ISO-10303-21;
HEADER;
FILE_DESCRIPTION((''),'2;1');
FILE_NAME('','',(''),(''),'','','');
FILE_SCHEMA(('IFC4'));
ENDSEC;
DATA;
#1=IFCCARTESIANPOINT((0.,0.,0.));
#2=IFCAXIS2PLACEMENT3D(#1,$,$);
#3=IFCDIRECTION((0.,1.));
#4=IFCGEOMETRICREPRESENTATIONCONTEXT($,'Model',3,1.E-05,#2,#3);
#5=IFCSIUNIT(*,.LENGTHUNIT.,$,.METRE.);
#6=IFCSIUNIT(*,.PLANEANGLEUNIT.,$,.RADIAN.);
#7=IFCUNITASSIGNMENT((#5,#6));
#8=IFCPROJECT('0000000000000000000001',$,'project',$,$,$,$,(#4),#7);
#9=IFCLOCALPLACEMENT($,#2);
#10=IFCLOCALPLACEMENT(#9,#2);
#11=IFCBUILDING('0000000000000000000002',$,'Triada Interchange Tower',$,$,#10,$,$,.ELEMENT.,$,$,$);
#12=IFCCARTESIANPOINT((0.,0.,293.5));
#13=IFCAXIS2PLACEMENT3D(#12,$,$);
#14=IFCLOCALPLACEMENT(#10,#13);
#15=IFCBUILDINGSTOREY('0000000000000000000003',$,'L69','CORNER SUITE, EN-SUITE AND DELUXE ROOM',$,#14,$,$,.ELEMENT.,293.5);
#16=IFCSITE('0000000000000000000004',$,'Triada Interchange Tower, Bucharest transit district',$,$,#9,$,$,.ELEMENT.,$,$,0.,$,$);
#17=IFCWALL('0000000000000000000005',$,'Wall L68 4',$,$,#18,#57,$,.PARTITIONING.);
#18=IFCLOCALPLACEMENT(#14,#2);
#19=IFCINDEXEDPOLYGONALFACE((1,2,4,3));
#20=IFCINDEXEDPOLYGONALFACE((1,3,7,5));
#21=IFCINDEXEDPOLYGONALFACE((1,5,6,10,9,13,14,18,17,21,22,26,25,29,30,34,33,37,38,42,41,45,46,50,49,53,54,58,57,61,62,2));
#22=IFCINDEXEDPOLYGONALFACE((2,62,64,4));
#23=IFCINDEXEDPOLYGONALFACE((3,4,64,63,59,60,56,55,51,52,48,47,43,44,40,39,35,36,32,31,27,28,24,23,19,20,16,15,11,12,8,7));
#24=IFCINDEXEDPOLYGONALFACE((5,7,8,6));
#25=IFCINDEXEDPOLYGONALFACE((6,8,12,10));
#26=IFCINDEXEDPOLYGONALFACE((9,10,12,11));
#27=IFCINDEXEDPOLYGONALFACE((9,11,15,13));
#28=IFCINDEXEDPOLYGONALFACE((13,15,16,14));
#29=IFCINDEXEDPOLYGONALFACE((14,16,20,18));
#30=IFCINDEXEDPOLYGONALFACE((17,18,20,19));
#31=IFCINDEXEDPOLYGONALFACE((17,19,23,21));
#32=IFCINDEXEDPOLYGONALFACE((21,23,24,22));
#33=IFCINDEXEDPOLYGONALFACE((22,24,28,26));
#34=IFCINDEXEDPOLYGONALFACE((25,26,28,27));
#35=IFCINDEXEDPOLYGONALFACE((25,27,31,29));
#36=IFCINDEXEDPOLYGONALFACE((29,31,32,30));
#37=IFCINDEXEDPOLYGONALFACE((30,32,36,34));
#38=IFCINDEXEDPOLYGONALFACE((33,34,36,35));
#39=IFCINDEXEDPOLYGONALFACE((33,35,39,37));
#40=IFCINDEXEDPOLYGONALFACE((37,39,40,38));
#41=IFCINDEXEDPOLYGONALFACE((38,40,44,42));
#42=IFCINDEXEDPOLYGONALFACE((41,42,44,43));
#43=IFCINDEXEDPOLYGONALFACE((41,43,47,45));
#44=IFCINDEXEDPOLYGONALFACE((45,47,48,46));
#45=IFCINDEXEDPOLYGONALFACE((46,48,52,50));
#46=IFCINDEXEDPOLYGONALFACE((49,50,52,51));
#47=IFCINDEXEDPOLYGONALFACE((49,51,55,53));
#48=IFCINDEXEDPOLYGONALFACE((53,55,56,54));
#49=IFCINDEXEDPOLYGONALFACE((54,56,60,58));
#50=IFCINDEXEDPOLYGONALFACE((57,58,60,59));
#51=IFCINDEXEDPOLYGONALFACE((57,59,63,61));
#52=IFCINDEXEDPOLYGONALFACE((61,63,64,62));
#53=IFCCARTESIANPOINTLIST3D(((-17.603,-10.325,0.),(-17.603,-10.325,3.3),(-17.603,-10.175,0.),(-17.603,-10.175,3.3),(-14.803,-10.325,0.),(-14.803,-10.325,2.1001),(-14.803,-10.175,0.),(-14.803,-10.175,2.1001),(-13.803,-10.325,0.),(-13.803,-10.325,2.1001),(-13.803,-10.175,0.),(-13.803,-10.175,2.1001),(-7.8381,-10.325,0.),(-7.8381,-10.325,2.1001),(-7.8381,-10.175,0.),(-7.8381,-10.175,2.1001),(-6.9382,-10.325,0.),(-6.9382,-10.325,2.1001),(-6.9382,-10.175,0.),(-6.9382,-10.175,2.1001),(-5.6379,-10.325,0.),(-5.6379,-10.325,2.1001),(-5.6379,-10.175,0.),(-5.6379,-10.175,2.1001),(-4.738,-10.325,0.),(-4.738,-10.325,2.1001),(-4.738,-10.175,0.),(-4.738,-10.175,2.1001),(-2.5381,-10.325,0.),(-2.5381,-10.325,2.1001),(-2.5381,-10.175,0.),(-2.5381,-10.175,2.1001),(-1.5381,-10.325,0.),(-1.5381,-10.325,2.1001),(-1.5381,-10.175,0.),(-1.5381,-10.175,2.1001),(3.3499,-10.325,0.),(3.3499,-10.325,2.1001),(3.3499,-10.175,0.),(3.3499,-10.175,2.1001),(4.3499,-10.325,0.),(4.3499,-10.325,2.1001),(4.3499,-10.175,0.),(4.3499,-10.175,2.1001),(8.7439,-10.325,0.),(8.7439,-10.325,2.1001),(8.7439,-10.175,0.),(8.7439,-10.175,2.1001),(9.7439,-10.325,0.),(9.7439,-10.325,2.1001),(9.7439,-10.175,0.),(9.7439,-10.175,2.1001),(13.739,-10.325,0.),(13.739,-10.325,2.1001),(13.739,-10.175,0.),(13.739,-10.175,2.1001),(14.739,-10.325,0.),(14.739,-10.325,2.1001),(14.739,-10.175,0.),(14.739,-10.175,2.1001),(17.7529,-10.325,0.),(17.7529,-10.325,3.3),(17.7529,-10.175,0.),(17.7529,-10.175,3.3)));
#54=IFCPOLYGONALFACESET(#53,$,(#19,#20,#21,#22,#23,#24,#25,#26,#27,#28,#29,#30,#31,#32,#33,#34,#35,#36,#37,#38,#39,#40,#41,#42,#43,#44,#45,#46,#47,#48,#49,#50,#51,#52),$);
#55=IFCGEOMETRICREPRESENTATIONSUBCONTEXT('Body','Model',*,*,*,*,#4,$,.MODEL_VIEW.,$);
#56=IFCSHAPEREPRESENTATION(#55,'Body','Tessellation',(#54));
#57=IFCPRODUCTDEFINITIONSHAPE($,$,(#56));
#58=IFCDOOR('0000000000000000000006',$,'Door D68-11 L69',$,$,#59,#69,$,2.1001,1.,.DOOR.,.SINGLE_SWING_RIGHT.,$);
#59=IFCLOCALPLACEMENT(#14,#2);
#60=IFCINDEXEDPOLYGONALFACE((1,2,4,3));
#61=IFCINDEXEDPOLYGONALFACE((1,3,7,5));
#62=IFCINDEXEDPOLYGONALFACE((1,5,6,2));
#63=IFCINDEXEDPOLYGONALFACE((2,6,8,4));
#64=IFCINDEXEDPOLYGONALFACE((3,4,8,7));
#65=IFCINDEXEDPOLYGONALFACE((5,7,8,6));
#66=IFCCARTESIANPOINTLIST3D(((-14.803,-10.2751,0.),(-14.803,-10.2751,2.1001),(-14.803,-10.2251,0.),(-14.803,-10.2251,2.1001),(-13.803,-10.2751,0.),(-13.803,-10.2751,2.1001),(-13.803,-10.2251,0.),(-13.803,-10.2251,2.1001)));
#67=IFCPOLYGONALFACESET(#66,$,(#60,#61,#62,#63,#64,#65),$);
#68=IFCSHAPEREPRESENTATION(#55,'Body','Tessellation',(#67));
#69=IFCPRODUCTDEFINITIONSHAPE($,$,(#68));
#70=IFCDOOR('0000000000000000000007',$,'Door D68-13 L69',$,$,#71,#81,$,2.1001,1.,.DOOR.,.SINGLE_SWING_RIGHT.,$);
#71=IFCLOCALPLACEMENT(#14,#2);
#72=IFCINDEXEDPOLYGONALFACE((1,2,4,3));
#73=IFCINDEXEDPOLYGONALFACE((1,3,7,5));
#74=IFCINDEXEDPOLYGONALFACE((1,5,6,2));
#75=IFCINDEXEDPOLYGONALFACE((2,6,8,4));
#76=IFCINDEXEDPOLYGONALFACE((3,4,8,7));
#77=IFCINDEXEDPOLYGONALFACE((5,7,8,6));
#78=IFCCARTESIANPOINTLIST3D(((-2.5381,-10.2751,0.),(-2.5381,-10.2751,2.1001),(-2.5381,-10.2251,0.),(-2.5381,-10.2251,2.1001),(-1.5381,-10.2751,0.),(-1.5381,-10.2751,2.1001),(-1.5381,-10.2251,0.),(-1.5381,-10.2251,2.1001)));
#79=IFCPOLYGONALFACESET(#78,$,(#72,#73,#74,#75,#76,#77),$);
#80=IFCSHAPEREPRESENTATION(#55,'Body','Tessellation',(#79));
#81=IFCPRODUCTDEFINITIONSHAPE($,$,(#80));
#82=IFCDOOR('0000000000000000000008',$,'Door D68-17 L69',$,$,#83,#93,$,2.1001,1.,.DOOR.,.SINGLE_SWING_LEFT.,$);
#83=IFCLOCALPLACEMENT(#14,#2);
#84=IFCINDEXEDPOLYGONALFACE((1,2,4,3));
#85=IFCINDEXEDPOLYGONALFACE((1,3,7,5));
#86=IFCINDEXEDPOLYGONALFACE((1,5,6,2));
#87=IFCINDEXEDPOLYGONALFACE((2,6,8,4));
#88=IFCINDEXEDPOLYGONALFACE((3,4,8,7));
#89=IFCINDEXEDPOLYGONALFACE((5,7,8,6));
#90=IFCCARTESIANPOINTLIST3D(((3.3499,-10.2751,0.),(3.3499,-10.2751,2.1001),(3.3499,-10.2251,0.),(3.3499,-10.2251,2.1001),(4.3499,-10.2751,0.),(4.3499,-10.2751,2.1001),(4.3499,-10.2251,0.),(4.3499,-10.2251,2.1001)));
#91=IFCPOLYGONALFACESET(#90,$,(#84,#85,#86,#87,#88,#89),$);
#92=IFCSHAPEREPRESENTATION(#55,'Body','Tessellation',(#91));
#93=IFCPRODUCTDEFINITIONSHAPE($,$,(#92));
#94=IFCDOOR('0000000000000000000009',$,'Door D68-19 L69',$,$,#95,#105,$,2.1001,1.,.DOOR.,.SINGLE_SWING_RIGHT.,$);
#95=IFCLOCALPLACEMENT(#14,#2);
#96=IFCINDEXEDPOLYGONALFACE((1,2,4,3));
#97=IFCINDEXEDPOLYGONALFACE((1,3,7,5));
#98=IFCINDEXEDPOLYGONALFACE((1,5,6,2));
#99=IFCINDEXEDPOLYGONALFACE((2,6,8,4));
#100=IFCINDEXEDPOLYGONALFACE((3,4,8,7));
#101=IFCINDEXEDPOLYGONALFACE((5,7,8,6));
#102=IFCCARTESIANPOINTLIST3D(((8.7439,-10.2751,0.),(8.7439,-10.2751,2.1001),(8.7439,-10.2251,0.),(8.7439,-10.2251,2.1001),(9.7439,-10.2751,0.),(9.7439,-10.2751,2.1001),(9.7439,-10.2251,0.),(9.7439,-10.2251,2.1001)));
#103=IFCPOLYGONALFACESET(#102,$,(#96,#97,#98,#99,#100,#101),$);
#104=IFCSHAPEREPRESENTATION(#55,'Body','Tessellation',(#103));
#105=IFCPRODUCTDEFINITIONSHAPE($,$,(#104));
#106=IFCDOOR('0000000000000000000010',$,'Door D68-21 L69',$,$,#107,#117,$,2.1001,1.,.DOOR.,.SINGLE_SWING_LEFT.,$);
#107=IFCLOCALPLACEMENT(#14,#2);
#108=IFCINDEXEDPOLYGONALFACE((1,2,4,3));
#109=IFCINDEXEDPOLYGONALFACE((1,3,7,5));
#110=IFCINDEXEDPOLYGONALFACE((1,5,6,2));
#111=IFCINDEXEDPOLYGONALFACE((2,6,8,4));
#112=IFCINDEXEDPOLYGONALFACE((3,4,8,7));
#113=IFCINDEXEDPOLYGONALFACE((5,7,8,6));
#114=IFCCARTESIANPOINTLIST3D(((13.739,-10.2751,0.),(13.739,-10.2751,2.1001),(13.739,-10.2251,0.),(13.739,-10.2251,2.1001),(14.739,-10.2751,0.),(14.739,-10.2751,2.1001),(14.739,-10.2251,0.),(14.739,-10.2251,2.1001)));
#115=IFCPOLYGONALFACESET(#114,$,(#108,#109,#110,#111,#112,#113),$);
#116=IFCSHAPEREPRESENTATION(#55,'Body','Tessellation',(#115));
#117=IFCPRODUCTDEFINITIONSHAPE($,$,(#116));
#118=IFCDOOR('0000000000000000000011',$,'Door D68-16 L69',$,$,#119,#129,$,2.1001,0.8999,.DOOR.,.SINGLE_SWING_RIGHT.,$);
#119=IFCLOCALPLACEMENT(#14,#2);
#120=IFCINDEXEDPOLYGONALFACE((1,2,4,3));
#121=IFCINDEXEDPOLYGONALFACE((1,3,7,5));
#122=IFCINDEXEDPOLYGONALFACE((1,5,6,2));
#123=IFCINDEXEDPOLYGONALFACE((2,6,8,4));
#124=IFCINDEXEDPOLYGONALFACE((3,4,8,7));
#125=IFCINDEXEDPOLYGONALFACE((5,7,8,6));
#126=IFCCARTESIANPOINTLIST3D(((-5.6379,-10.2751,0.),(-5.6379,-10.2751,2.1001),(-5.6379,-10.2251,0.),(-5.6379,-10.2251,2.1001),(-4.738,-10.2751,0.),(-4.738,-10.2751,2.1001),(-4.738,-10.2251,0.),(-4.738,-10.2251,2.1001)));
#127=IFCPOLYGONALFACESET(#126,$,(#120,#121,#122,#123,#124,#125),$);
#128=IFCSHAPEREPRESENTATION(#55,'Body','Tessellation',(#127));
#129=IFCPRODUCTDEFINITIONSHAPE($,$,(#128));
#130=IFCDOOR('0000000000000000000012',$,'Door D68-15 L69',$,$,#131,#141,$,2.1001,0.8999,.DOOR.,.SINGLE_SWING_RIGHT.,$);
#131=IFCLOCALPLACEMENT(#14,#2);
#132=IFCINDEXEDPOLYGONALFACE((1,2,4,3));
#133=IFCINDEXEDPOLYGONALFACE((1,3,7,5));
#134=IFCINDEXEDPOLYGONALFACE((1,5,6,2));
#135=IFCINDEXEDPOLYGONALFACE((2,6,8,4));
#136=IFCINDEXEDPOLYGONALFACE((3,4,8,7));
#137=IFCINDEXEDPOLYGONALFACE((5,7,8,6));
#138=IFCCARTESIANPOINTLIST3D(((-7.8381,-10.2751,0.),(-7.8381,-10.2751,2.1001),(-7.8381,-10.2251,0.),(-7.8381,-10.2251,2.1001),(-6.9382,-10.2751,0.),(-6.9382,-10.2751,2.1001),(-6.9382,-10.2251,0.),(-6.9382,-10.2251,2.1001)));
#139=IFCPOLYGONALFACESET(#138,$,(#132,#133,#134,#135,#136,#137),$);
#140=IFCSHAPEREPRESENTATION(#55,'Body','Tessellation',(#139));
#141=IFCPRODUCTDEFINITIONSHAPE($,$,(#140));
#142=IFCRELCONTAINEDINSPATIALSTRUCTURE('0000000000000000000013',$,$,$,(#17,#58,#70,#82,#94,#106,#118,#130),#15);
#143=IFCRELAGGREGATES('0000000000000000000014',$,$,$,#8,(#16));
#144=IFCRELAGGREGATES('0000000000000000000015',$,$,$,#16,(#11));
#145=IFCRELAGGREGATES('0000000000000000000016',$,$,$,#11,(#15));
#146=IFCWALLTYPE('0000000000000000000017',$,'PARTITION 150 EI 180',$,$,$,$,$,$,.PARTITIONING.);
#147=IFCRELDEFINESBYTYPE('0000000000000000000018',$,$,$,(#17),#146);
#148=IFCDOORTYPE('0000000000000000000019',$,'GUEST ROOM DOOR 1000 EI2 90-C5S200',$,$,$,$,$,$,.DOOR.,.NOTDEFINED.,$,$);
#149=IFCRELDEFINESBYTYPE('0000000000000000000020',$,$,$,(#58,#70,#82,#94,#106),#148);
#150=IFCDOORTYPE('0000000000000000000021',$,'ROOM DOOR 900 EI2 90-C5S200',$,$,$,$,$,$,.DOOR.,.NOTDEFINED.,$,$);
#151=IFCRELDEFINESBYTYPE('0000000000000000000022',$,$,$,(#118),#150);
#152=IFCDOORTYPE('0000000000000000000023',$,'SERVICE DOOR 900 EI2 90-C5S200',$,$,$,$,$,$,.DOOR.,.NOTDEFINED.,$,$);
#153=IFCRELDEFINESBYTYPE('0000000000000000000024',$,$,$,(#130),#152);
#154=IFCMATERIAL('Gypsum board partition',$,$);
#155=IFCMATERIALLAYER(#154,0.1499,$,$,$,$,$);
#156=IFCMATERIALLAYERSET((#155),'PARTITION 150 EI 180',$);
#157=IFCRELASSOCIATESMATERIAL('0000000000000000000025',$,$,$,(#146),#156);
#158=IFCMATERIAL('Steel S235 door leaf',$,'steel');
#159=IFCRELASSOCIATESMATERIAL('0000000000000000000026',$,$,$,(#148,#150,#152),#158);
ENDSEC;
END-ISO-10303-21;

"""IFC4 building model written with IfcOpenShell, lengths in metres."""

from ifc_helpers import new_model, si_unit, direction, frame, frame_2d, origin, place, context, subcontext, project, spatial, rectangle, extrude, material, layer, layer_set, type_object, element, fill, save


model = new_model("IFC4")

# Units and contexts
model_context = context("Model", 3, precision=1e-05, world=origin(), true_north=direction((0.0, 1.0)))
body_context = subcontext(model_context, "Body", "Model", "MODEL_VIEW")
ifc_project = project(units=[si_unit("LENGTHUNIT", "METRE"), si_unit("PLANEANGLEUNIT", "RADIAN")], contexts=[model_context])

# Site, building, storey
site_placement = place(None, origin())
site = spatial("IfcSite", under=ifc_project, at=site_placement, Name="Triada Interchange Tower, Bucharest transit district", CompositionType="ELEMENT", RefElevation=0.0)
building_placement = place(site_placement, origin())
building = spatial("IfcBuilding", under=site, at=building_placement, Name="Triada Interchange Tower", CompositionType="ELEMENT")
storey_placement = place(building_placement, frame((0.0, 0.0, 293.5)))
storey = spatial("IfcBuildingStorey", under=building, at=storey_placement, Name="L69", Description="CORNER SUITE, EN-SUITE AND DELUXE ROOM", CompositionType="ELEMENT", Elevation=293.5)

# Wall, openings, doors
ifc_material_1 = material(Name="Gypsum board partition")
ifc_layer = layer(ifc_material_1, 0.1499)
ifc_layer_set = layer_set([ifc_layer], Name="PARTITION 150 EI 180")
wall_type = type_object("IfcWallType", Name="PARTITION 150 EI 180", PredefinedType="PARTITIONING", material=ifc_layer_set)
wall_1_placement = place(storey_placement, frame((-17.603, -10.25, 0.0), z_axis=(0.0, 0.0, 1.0), x_axis=(1.0, 0.0, 0.0)))
wall_1 = element("IfcWall", 1, at=wall_1_placement, inside=storey, type_object=wall_type, Name="Wall L68 4", PredefinedType="PARTITIONING", context=body_context, shape_type="SweptSolid", body=[
    extrude(rectangle(XDim=35.356, YDim=0.1499, at=frame_2d((17.678, 0.0))), origin(), (0.0, 0.0, 1.0), 3.3),
])
opening_1_placement = place(wall_1_placement, frame((2.8, 0.0, 0.0)))
opening_1 = element("IfcOpeningElement", 2, at=opening_1_placement, cuts=wall_1, PredefinedType="OPENING", context=body_context, shape_type="SweptSolid", body=[
    extrude(rectangle(XDim=1.0, YDim=2.1001, at=frame_2d((0.5, 1.05))), frame((0.0, 0.085, 0.0), z_axis=(0.0, -1.0, 0.0), x_axis=(1.0, 0.0, 0.0)), (0.0, 0.0, 1.0), 0.1699),
])
opening_2_placement = place(wall_1_placement, frame((15.0649, 0.0, 0.0)))
opening_2 = element("IfcOpeningElement", 3, at=opening_2_placement, cuts=wall_1, PredefinedType="OPENING", context=body_context, shape_type="SweptSolid", body=[
    extrude(rectangle(XDim=1.0, YDim=2.1001, at=frame_2d((0.5, 1.05))), frame((0.0, 0.085, 0.0), z_axis=(0.0, -1.0, 0.0), x_axis=(1.0, 0.0, 0.0)), (0.0, 0.0, 1.0), 0.1699),
])
opening_3_placement = place(wall_1_placement, frame((9.7649, 0.0, 0.0)))
opening_3 = element("IfcOpeningElement", 4, at=opening_3_placement, cuts=wall_1, PredefinedType="OPENING", context=body_context, shape_type="SweptSolid", body=[
    extrude(rectangle(XDim=0.8999, YDim=2.1001, at=frame_2d((0.45, 1.05))), frame((0.0, 0.085, 0.0), z_axis=(0.0, -1.0, 0.0), x_axis=(1.0, 0.0, 0.0)), (0.0, 0.0, 1.0), 0.1699),
])
opening_4_placement = place(wall_1_placement, frame((11.9651, 0.0, 0.0)))
opening_4 = element("IfcOpeningElement", 5, at=opening_4_placement, cuts=wall_1, PredefinedType="OPENING", context=body_context, shape_type="SweptSolid", body=[
    extrude(rectangle(XDim=0.8999, YDim=2.1001, at=frame_2d((0.45, 1.05))), frame((0.0, 0.085, 0.0), z_axis=(0.0, -1.0, 0.0), x_axis=(1.0, 0.0, 0.0)), (0.0, 0.0, 1.0), 0.1699),
])
opening_5_placement = place(wall_1_placement, frame((20.9529, 0.0, 0.0)))
opening_5 = element("IfcOpeningElement", 6, at=opening_5_placement, cuts=wall_1, PredefinedType="OPENING", context=body_context, shape_type="SweptSolid", body=[
    extrude(rectangle(XDim=1.0, YDim=2.1001, at=frame_2d((0.5, 1.05))), frame((0.0, 0.085, 0.0), z_axis=(0.0, -1.0, 0.0), x_axis=(1.0, 0.0, 0.0)), (0.0, 0.0, 1.0), 0.1699),
])
opening_6_placement = place(wall_1_placement, frame((26.3469, 0.0, 0.0)))
opening_6 = element("IfcOpeningElement", 7, at=opening_6_placement, cuts=wall_1, PredefinedType="OPENING", context=body_context, shape_type="SweptSolid", body=[
    extrude(rectangle(XDim=1.0, YDim=2.1001, at=frame_2d((0.5, 1.05))), frame((0.0, 0.085, 0.0), z_axis=(0.0, -1.0, 0.0), x_axis=(1.0, 0.0, 0.0)), (0.0, 0.0, 1.0), 0.1699),
])
opening_7_placement = place(wall_1_placement, frame((31.342, 0.0, 0.0)))
opening_7 = element("IfcOpeningElement", 8, at=opening_7_placement, cuts=wall_1, PredefinedType="OPENING", context=body_context, shape_type="SweptSolid", body=[
    extrude(rectangle(XDim=1.0, YDim=2.1001, at=frame_2d((0.5, 1.05))), frame((0.0, 0.085, 0.0), z_axis=(0.0, -1.0, 0.0), x_axis=(1.0, 0.0, 0.0)), (0.0, 0.0, 1.0), 0.1699),
])
ifc_material_2 = material(Name="Steel S235 door leaf", Category="steel")
door_type_1 = type_object("IfcDoorType", Name="GUEST ROOM DOOR 1000 EI2 90-C5S200", OperationType="NOTDEFINED", PredefinedType="DOOR", material=ifc_material_2)
door_1_placement = place(opening_1_placement, origin())
door_1 = element("IfcDoor", 9, at=door_1_placement, inside=storey, type_object=door_type_1, Name="Door D68-11 L69", OperationType="SINGLE_SWING_RIGHT", OverallHeight=2.1001, OverallWidth=1.0, PredefinedType="DOOR", context=body_context, shape_type="SweptSolid", body=[
    extrude(rectangle(XDim=1.0, YDim=2.1001, at=frame_2d((0.5, 1.05))), frame((0.0, 0.0249, 0.0), z_axis=(0.0, -1.0, 0.0), x_axis=(1.0, 0.0, 0.0)), (0.0, 0.0, 1.0), 0.05),
])
fill(opening_1, door_1)
door_2_placement = place(opening_2_placement, origin())
door_2 = element("IfcDoor", 10, at=door_2_placement, inside=storey, type_object=door_type_1, Name="Door D68-13 L69", OperationType="SINGLE_SWING_RIGHT", OverallHeight=2.1001, OverallWidth=1.0, PredefinedType="DOOR", context=body_context, shape_type="SweptSolid", body=[
    extrude(rectangle(XDim=1.0, YDim=2.1001, at=frame_2d((0.5, 1.05))), frame((0.0, 0.0249, 0.0), z_axis=(0.0, -1.0, 0.0), x_axis=(1.0, 0.0, 0.0)), (0.0, 0.0, 1.0), 0.05),
])
fill(opening_2, door_2)
door_3_placement = place(opening_5_placement, origin())
door_3 = element("IfcDoor", 11, at=door_3_placement, inside=storey, type_object=door_type_1, Name="Door D68-17 L69", OperationType="SINGLE_SWING_LEFT", OverallHeight=2.1001, OverallWidth=1.0, PredefinedType="DOOR", context=body_context, shape_type="SweptSolid", body=[
    extrude(rectangle(XDim=1.0, YDim=2.1001, at=frame_2d((0.5, 1.05))), frame((0.0, 0.0249, 0.0), z_axis=(0.0, -1.0, 0.0), x_axis=(1.0, 0.0, 0.0)), (0.0, 0.0, 1.0), 0.05),
])
fill(opening_5, door_3)
door_4_placement = place(opening_6_placement, origin())
door_4 = element("IfcDoor", 12, at=door_4_placement, inside=storey, type_object=door_type_1, Name="Door D68-19 L69", OperationType="SINGLE_SWING_RIGHT", OverallHeight=2.1001, OverallWidth=1.0, PredefinedType="DOOR", context=body_context, shape_type="SweptSolid", body=[
    extrude(rectangle(XDim=1.0, YDim=2.1001, at=frame_2d((0.5, 1.05))), frame((0.0, 0.0249, 0.0), z_axis=(0.0, -1.0, 0.0), x_axis=(1.0, 0.0, 0.0)), (0.0, 0.0, 1.0), 0.05),
])
fill(opening_6, door_4)
door_5_placement = place(opening_7_placement, origin())
door_5 = element("IfcDoor", 13, at=door_5_placement, inside=storey, type_object=door_type_1, Name="Door D68-21 L69", OperationType="SINGLE_SWING_LEFT", OverallHeight=2.1001, OverallWidth=1.0, PredefinedType="DOOR", context=body_context, shape_type="SweptSolid", body=[
    extrude(rectangle(XDim=1.0, YDim=2.1001, at=frame_2d((0.5, 1.05))), frame((0.0, 0.0249, 0.0), z_axis=(0.0, -1.0, 0.0), x_axis=(1.0, 0.0, 0.0)), (0.0, 0.0, 1.0), 0.05),
])
fill(opening_7, door_5)
door_type_2 = type_object("IfcDoorType", Name="ROOM DOOR 900 EI2 90-C5S200", OperationType="NOTDEFINED", PredefinedType="DOOR", material=ifc_material_2)
door_6_placement = place(opening_4_placement, origin())
door_6 = element("IfcDoor", 14, at=door_6_placement, inside=storey, type_object=door_type_2, Name="Door D68-16 L69", OperationType="SINGLE_SWING_RIGHT", OverallHeight=2.1001, OverallWidth=0.8999, PredefinedType="DOOR", context=body_context, shape_type="SweptSolid", body=[
    extrude(rectangle(XDim=0.8999, YDim=2.1001, at=frame_2d((0.45, 1.05))), frame((0.0, 0.0249, 0.0), z_axis=(0.0, -1.0, 0.0), x_axis=(1.0, 0.0, 0.0)), (0.0, 0.0, 1.0), 0.05),
])
fill(opening_4, door_6)
door_type_3 = type_object("IfcDoorType", Name="SERVICE DOOR 900 EI2 90-C5S200", OperationType="NOTDEFINED", PredefinedType="DOOR", material=ifc_material_2)
door_7_placement = place(opening_3_placement, origin())
door_7 = element("IfcDoor", 15, at=door_7_placement, inside=storey, type_object=door_type_3, Name="Door D68-15 L69", OperationType="SINGLE_SWING_RIGHT", OverallHeight=2.1001, OverallWidth=0.8999, PredefinedType="DOOR", context=body_context, shape_type="SweptSolid", body=[
    extrude(rectangle(XDim=0.8999, YDim=2.1001, at=frame_2d((0.45, 1.05))), frame((0.0, 0.0249, 0.0), z_axis=(0.0, -1.0, 0.0), x_axis=(1.0, 0.0, 0.0)), (0.0, 0.0, 1.0), 0.05),
])
fill(opening_3, door_7)

save(model, "model.ifc")
